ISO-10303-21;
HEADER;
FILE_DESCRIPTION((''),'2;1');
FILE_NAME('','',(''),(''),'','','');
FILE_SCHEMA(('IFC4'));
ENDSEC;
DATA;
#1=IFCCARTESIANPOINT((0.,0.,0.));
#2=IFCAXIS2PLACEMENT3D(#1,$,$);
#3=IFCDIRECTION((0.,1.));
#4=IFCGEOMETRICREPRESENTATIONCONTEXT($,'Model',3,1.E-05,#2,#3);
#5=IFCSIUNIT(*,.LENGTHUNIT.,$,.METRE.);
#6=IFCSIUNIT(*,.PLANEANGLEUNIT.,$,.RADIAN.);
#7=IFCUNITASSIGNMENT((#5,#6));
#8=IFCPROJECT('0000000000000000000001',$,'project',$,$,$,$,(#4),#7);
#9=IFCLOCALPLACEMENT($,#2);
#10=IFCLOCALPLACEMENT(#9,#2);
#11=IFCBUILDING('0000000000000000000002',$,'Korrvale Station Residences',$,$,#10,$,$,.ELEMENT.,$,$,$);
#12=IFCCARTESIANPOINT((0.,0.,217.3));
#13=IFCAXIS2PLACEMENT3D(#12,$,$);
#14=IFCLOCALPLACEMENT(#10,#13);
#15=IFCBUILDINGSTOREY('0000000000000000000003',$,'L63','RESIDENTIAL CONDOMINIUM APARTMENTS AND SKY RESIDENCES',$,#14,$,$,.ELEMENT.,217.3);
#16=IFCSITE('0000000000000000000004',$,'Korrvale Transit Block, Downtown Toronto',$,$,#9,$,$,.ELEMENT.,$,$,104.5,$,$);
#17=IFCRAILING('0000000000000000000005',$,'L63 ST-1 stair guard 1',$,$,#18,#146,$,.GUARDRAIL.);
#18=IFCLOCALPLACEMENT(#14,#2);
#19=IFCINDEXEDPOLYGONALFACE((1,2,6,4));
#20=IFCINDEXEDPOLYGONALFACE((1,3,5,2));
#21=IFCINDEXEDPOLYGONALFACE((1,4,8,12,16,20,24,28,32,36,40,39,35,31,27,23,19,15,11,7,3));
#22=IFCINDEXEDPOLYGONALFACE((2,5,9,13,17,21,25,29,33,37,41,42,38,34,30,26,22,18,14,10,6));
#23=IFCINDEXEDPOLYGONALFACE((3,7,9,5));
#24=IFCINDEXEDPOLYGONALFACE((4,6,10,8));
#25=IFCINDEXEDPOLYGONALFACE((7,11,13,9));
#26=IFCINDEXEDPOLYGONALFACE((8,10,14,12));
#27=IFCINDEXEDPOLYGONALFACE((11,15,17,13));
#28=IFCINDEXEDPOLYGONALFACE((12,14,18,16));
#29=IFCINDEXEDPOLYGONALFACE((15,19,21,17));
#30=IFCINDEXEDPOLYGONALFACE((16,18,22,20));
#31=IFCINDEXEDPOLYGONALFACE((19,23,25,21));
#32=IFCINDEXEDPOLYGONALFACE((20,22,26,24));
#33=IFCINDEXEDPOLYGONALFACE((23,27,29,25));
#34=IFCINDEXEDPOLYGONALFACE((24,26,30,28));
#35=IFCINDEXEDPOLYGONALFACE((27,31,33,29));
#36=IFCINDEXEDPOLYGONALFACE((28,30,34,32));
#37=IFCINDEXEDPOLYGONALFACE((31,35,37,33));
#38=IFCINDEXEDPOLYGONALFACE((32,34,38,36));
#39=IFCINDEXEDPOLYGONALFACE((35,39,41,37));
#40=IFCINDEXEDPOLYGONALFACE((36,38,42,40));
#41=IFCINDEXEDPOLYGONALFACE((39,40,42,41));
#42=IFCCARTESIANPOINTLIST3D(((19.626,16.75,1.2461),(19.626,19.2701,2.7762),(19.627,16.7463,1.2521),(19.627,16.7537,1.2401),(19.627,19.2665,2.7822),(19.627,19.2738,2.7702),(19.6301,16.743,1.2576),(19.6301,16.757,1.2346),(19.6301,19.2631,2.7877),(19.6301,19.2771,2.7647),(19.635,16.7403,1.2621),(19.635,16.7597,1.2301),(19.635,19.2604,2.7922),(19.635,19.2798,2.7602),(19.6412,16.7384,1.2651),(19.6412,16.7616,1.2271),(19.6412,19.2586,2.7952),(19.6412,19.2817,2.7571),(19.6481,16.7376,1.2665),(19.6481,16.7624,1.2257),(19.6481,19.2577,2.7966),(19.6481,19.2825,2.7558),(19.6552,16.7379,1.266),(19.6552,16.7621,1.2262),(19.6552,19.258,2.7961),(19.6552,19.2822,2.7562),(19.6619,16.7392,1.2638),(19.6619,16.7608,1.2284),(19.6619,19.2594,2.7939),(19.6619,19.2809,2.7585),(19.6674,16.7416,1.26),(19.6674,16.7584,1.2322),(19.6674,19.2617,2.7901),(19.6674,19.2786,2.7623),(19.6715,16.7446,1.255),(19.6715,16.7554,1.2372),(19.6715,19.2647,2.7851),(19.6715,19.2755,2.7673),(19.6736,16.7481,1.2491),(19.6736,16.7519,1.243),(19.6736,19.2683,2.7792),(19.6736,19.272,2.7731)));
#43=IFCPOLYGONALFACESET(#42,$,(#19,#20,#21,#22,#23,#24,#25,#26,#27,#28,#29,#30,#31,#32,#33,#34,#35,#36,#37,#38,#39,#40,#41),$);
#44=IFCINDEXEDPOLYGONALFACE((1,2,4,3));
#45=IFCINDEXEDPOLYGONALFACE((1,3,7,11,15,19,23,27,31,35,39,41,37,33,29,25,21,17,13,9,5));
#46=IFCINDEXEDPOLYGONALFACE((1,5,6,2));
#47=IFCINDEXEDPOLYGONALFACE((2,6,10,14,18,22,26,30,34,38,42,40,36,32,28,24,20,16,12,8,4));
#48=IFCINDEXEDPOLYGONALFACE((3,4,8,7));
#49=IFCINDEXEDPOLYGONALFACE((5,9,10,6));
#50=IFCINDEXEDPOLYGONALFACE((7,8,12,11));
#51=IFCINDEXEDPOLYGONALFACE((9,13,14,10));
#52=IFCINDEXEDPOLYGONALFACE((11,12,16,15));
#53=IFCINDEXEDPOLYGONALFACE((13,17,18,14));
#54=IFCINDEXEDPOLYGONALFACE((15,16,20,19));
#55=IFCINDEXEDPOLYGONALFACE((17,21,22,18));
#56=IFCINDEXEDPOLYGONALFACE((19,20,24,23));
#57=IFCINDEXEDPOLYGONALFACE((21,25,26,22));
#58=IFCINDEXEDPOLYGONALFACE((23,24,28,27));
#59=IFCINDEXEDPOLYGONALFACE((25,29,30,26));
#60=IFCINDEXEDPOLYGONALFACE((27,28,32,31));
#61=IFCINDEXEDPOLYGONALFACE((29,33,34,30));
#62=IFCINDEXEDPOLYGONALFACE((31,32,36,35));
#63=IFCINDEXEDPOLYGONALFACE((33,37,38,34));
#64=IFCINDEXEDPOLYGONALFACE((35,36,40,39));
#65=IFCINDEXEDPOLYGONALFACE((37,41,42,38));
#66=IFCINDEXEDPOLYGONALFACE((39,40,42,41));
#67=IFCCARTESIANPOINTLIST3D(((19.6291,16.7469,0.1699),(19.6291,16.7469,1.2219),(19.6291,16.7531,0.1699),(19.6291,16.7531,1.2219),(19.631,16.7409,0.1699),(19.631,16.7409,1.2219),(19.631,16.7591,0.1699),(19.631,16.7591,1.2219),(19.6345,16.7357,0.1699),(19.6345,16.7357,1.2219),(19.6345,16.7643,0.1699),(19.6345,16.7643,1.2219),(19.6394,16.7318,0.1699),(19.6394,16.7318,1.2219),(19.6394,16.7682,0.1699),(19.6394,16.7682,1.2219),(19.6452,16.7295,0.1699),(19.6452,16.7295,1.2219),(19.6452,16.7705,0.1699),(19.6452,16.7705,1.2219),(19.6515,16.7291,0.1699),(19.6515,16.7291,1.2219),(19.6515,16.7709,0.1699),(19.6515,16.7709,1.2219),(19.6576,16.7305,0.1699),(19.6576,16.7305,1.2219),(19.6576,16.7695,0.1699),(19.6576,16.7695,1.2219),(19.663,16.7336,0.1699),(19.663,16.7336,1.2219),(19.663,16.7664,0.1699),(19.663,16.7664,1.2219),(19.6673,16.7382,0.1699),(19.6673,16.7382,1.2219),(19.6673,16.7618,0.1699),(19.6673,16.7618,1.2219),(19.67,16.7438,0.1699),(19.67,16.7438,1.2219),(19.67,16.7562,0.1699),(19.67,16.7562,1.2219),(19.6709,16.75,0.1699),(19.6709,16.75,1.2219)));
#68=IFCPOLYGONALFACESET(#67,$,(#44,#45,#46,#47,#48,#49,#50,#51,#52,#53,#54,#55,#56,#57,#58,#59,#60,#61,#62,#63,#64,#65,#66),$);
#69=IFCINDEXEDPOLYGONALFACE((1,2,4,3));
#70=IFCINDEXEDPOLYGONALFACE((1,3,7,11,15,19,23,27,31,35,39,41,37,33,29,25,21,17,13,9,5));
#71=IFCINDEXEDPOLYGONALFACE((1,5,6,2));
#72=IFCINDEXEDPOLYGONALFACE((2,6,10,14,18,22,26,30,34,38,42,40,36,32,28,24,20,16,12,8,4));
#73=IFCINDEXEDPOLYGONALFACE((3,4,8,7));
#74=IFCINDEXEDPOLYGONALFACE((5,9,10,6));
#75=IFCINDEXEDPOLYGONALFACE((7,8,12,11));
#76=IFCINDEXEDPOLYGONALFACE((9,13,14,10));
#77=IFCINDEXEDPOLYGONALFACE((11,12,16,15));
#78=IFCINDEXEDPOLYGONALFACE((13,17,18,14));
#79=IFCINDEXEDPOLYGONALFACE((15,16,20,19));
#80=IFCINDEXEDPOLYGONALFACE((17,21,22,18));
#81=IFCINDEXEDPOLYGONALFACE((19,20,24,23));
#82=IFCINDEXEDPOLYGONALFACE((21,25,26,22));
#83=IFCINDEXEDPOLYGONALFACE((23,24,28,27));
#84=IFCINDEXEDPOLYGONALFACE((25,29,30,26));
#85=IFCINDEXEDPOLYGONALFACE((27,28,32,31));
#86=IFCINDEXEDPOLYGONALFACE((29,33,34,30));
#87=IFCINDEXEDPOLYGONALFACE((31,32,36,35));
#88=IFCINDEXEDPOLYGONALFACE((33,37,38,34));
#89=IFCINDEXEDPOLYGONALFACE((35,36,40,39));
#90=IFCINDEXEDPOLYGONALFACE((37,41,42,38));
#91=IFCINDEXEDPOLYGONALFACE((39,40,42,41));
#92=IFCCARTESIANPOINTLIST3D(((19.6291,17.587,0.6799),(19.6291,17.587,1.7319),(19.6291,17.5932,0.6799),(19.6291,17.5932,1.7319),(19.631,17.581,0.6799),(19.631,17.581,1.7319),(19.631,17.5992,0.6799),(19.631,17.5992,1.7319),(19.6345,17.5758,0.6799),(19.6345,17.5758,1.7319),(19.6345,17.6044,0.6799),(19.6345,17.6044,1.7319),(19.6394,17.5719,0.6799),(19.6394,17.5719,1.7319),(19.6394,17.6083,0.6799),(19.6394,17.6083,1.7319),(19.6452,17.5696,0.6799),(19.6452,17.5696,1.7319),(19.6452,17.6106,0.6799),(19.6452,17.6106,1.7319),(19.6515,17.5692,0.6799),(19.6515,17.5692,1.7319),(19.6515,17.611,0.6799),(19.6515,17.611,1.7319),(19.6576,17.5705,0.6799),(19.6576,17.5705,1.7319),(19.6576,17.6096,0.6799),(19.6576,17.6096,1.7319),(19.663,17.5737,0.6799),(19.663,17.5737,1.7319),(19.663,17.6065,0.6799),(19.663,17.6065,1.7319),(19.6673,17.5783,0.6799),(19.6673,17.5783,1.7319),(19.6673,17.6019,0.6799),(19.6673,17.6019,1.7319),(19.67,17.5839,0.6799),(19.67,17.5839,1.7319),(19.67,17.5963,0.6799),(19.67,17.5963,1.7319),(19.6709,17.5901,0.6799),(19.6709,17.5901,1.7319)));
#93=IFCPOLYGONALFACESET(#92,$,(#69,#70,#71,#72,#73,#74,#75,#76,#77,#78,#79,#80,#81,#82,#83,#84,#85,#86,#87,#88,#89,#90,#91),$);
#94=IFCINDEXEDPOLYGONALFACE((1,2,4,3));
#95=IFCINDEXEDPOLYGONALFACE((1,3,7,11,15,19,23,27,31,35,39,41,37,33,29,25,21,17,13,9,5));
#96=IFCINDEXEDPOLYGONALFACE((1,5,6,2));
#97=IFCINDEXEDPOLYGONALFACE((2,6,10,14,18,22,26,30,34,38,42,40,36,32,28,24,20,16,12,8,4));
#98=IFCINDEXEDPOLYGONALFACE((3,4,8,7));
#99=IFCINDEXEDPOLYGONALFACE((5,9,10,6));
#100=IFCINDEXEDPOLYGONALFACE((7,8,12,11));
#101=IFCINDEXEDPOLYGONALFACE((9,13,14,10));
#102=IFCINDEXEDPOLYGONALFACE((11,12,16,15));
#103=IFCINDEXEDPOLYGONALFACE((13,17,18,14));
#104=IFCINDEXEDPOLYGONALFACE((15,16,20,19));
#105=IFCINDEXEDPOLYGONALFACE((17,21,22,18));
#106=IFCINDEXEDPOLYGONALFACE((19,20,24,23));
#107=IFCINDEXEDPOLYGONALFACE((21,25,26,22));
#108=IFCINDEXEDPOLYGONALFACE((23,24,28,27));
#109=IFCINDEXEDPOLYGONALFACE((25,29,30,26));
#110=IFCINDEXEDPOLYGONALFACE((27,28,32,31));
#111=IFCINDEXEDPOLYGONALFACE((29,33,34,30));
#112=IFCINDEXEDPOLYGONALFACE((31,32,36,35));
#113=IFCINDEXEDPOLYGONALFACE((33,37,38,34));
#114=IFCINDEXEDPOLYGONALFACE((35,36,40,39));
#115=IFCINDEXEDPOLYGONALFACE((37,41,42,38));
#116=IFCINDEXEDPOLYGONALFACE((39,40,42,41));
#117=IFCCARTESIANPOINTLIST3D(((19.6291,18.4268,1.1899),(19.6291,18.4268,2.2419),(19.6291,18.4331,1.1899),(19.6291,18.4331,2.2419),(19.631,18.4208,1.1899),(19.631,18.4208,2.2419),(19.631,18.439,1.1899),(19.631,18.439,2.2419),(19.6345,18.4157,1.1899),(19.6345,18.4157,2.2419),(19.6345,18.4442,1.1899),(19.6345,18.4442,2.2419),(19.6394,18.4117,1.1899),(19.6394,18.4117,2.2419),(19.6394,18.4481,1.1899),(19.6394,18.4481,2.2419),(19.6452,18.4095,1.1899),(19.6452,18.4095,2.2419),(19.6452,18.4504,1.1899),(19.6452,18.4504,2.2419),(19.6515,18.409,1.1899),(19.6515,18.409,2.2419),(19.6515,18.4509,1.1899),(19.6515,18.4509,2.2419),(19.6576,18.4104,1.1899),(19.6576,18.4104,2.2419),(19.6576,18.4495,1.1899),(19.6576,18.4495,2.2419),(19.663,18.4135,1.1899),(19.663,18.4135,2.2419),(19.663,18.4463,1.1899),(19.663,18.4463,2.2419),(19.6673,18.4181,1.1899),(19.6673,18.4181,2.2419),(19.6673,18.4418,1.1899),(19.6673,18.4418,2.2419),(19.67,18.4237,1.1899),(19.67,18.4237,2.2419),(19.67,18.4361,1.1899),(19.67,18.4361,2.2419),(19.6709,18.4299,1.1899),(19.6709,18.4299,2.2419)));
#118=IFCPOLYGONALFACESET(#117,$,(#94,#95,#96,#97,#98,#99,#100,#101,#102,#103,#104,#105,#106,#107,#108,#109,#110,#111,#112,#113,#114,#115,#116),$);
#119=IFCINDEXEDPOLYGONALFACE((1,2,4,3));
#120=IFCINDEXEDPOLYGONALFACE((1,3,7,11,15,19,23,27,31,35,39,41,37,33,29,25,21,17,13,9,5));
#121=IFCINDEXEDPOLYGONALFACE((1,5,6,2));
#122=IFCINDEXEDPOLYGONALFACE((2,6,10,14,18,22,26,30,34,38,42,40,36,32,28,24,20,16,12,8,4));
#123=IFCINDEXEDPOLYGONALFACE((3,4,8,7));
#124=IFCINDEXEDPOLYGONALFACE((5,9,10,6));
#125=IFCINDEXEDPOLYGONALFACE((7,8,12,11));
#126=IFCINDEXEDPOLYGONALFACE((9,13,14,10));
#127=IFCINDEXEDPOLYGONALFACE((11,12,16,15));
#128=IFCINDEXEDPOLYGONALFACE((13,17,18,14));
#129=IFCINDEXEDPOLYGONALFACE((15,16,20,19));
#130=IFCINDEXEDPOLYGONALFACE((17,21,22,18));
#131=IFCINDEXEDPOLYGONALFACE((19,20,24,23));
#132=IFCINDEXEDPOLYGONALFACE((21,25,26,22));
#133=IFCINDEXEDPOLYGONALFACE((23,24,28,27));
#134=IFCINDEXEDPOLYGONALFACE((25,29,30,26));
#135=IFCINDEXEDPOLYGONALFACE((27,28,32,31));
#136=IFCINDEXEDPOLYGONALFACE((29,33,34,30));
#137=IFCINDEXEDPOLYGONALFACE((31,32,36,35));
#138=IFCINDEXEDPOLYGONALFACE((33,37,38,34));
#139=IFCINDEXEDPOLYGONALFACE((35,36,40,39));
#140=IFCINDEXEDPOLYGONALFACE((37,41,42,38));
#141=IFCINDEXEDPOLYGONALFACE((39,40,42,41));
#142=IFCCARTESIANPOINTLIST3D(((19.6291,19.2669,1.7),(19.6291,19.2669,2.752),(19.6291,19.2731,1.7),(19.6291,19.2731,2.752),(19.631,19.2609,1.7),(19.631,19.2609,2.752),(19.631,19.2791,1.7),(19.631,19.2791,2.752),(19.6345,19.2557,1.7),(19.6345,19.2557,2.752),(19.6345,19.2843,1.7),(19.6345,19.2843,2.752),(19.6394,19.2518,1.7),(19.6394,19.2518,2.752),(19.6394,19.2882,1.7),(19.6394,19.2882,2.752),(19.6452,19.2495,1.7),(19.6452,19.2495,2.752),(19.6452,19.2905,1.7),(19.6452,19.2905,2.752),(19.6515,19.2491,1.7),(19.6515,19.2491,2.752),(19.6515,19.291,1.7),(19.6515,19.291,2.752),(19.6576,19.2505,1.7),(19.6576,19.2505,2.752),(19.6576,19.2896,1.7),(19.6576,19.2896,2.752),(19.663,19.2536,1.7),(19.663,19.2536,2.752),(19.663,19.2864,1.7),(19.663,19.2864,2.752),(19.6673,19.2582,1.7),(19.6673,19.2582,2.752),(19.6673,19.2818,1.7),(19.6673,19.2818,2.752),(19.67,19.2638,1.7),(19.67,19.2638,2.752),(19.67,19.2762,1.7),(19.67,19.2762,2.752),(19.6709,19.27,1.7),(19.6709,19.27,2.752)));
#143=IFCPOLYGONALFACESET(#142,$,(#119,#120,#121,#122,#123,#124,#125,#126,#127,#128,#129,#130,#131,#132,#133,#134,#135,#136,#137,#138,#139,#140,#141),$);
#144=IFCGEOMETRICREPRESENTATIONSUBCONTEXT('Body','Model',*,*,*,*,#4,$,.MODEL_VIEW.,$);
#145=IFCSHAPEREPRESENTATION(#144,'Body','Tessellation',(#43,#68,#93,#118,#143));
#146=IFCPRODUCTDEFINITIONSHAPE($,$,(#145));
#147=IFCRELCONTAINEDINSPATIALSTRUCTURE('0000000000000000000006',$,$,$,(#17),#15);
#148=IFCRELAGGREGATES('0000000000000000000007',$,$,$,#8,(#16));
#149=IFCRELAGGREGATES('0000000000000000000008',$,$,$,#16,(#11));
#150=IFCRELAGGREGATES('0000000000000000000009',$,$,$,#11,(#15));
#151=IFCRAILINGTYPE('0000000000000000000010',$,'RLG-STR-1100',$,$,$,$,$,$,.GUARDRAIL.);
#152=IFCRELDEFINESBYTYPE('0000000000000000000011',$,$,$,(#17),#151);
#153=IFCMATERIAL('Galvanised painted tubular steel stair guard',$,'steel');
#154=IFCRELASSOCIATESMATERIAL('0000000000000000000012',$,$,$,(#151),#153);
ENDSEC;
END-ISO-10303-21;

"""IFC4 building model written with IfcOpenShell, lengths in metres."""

from ifc_helpers import new_model, si_unit, direction, frame, origin, origin_2d, place, context, subcontext, project, spatial, circle, extrude, material, type_object, element, save


model = new_model("IFC4")

# Units and contexts
model_context = context("Model", 3, precision=1e-05, world=origin(), true_north=direction((0.0, 1.0)))
body_context = subcontext(model_context, "Body", "Model", "MODEL_VIEW")
ifc_project = project(units=[si_unit("LENGTHUNIT", "METRE"), si_unit("PLANEANGLEUNIT", "RADIAN")], contexts=[model_context])

# Site, building, storey
site_placement = place(None, origin())
site = spatial("IfcSite", under=ifc_project, at=site_placement, Name="Korrvale Transit Block, Downtown Toronto", CompositionType="ELEMENT", RefElevation=104.5)
building_placement = place(site_placement, origin())
building = spatial("IfcBuilding", under=site, at=building_placement, Name="Korrvale Station Residences", CompositionType="ELEMENT")
storey_placement = place(building_placement, frame((0.0, 0.0, 217.3)))
storey = spatial("IfcBuildingStorey", under=building, at=storey_placement, Name="L63", Description="RESIDENTIAL CONDOMINIUM APARTMENTS AND SKY RESIDENCES", CompositionType="ELEMENT", Elevation=217.3)

# Railing
ifc_material_1 = material(Name="Galvanised painted tubular steel stair guard", Category="steel")
railing_type_1 = type_object("IfcRailingType", Name="RLG-STR-1100", PredefinedType="GUARDRAIL", material=ifc_material_1)
railing_1_placement = place(storey_placement, frame((19.6499, 16.75, 0.1699)))
element("IfcRailing", 1, at=railing_1_placement, inside=storey, type_object=railing_type_1, Name="L63 ST-1 stair guard 1", PredefinedType="GUARDRAIL", context=body_context, shape_type="SweptSolid", body=[
    extrude(circle(Radius=0.0239, at=origin_2d()), frame((0.0, 0.0, 1.0762), z_axis=(0.0, 0.854785, 0.518982), x_axis=(-1.0, 0.0, 0.0)), (0.0, 0.0, 1.0), 2.9482),
    extrude(circle(Radius=0.021, at=origin_2d()), origin(), (0.0, 0.0, 1.0), 1.052),
    extrude(circle(Radius=0.021, at=origin_2d()), frame((0.0, 0.8401, 0.51)), (0.0, 0.0, 1.0), 1.052),
    extrude(circle(Radius=0.021, at=origin_2d()), frame((0.0, 1.6799, 1.02)), (0.0, 0.0, 1.0), 1.052),
    extrude(circle(Radius=0.021, at=origin_2d()), frame((0.0, 2.52, 1.53)), (0.0, 0.0, 1.0), 1.052),
])

save(model, "model.ifc")
